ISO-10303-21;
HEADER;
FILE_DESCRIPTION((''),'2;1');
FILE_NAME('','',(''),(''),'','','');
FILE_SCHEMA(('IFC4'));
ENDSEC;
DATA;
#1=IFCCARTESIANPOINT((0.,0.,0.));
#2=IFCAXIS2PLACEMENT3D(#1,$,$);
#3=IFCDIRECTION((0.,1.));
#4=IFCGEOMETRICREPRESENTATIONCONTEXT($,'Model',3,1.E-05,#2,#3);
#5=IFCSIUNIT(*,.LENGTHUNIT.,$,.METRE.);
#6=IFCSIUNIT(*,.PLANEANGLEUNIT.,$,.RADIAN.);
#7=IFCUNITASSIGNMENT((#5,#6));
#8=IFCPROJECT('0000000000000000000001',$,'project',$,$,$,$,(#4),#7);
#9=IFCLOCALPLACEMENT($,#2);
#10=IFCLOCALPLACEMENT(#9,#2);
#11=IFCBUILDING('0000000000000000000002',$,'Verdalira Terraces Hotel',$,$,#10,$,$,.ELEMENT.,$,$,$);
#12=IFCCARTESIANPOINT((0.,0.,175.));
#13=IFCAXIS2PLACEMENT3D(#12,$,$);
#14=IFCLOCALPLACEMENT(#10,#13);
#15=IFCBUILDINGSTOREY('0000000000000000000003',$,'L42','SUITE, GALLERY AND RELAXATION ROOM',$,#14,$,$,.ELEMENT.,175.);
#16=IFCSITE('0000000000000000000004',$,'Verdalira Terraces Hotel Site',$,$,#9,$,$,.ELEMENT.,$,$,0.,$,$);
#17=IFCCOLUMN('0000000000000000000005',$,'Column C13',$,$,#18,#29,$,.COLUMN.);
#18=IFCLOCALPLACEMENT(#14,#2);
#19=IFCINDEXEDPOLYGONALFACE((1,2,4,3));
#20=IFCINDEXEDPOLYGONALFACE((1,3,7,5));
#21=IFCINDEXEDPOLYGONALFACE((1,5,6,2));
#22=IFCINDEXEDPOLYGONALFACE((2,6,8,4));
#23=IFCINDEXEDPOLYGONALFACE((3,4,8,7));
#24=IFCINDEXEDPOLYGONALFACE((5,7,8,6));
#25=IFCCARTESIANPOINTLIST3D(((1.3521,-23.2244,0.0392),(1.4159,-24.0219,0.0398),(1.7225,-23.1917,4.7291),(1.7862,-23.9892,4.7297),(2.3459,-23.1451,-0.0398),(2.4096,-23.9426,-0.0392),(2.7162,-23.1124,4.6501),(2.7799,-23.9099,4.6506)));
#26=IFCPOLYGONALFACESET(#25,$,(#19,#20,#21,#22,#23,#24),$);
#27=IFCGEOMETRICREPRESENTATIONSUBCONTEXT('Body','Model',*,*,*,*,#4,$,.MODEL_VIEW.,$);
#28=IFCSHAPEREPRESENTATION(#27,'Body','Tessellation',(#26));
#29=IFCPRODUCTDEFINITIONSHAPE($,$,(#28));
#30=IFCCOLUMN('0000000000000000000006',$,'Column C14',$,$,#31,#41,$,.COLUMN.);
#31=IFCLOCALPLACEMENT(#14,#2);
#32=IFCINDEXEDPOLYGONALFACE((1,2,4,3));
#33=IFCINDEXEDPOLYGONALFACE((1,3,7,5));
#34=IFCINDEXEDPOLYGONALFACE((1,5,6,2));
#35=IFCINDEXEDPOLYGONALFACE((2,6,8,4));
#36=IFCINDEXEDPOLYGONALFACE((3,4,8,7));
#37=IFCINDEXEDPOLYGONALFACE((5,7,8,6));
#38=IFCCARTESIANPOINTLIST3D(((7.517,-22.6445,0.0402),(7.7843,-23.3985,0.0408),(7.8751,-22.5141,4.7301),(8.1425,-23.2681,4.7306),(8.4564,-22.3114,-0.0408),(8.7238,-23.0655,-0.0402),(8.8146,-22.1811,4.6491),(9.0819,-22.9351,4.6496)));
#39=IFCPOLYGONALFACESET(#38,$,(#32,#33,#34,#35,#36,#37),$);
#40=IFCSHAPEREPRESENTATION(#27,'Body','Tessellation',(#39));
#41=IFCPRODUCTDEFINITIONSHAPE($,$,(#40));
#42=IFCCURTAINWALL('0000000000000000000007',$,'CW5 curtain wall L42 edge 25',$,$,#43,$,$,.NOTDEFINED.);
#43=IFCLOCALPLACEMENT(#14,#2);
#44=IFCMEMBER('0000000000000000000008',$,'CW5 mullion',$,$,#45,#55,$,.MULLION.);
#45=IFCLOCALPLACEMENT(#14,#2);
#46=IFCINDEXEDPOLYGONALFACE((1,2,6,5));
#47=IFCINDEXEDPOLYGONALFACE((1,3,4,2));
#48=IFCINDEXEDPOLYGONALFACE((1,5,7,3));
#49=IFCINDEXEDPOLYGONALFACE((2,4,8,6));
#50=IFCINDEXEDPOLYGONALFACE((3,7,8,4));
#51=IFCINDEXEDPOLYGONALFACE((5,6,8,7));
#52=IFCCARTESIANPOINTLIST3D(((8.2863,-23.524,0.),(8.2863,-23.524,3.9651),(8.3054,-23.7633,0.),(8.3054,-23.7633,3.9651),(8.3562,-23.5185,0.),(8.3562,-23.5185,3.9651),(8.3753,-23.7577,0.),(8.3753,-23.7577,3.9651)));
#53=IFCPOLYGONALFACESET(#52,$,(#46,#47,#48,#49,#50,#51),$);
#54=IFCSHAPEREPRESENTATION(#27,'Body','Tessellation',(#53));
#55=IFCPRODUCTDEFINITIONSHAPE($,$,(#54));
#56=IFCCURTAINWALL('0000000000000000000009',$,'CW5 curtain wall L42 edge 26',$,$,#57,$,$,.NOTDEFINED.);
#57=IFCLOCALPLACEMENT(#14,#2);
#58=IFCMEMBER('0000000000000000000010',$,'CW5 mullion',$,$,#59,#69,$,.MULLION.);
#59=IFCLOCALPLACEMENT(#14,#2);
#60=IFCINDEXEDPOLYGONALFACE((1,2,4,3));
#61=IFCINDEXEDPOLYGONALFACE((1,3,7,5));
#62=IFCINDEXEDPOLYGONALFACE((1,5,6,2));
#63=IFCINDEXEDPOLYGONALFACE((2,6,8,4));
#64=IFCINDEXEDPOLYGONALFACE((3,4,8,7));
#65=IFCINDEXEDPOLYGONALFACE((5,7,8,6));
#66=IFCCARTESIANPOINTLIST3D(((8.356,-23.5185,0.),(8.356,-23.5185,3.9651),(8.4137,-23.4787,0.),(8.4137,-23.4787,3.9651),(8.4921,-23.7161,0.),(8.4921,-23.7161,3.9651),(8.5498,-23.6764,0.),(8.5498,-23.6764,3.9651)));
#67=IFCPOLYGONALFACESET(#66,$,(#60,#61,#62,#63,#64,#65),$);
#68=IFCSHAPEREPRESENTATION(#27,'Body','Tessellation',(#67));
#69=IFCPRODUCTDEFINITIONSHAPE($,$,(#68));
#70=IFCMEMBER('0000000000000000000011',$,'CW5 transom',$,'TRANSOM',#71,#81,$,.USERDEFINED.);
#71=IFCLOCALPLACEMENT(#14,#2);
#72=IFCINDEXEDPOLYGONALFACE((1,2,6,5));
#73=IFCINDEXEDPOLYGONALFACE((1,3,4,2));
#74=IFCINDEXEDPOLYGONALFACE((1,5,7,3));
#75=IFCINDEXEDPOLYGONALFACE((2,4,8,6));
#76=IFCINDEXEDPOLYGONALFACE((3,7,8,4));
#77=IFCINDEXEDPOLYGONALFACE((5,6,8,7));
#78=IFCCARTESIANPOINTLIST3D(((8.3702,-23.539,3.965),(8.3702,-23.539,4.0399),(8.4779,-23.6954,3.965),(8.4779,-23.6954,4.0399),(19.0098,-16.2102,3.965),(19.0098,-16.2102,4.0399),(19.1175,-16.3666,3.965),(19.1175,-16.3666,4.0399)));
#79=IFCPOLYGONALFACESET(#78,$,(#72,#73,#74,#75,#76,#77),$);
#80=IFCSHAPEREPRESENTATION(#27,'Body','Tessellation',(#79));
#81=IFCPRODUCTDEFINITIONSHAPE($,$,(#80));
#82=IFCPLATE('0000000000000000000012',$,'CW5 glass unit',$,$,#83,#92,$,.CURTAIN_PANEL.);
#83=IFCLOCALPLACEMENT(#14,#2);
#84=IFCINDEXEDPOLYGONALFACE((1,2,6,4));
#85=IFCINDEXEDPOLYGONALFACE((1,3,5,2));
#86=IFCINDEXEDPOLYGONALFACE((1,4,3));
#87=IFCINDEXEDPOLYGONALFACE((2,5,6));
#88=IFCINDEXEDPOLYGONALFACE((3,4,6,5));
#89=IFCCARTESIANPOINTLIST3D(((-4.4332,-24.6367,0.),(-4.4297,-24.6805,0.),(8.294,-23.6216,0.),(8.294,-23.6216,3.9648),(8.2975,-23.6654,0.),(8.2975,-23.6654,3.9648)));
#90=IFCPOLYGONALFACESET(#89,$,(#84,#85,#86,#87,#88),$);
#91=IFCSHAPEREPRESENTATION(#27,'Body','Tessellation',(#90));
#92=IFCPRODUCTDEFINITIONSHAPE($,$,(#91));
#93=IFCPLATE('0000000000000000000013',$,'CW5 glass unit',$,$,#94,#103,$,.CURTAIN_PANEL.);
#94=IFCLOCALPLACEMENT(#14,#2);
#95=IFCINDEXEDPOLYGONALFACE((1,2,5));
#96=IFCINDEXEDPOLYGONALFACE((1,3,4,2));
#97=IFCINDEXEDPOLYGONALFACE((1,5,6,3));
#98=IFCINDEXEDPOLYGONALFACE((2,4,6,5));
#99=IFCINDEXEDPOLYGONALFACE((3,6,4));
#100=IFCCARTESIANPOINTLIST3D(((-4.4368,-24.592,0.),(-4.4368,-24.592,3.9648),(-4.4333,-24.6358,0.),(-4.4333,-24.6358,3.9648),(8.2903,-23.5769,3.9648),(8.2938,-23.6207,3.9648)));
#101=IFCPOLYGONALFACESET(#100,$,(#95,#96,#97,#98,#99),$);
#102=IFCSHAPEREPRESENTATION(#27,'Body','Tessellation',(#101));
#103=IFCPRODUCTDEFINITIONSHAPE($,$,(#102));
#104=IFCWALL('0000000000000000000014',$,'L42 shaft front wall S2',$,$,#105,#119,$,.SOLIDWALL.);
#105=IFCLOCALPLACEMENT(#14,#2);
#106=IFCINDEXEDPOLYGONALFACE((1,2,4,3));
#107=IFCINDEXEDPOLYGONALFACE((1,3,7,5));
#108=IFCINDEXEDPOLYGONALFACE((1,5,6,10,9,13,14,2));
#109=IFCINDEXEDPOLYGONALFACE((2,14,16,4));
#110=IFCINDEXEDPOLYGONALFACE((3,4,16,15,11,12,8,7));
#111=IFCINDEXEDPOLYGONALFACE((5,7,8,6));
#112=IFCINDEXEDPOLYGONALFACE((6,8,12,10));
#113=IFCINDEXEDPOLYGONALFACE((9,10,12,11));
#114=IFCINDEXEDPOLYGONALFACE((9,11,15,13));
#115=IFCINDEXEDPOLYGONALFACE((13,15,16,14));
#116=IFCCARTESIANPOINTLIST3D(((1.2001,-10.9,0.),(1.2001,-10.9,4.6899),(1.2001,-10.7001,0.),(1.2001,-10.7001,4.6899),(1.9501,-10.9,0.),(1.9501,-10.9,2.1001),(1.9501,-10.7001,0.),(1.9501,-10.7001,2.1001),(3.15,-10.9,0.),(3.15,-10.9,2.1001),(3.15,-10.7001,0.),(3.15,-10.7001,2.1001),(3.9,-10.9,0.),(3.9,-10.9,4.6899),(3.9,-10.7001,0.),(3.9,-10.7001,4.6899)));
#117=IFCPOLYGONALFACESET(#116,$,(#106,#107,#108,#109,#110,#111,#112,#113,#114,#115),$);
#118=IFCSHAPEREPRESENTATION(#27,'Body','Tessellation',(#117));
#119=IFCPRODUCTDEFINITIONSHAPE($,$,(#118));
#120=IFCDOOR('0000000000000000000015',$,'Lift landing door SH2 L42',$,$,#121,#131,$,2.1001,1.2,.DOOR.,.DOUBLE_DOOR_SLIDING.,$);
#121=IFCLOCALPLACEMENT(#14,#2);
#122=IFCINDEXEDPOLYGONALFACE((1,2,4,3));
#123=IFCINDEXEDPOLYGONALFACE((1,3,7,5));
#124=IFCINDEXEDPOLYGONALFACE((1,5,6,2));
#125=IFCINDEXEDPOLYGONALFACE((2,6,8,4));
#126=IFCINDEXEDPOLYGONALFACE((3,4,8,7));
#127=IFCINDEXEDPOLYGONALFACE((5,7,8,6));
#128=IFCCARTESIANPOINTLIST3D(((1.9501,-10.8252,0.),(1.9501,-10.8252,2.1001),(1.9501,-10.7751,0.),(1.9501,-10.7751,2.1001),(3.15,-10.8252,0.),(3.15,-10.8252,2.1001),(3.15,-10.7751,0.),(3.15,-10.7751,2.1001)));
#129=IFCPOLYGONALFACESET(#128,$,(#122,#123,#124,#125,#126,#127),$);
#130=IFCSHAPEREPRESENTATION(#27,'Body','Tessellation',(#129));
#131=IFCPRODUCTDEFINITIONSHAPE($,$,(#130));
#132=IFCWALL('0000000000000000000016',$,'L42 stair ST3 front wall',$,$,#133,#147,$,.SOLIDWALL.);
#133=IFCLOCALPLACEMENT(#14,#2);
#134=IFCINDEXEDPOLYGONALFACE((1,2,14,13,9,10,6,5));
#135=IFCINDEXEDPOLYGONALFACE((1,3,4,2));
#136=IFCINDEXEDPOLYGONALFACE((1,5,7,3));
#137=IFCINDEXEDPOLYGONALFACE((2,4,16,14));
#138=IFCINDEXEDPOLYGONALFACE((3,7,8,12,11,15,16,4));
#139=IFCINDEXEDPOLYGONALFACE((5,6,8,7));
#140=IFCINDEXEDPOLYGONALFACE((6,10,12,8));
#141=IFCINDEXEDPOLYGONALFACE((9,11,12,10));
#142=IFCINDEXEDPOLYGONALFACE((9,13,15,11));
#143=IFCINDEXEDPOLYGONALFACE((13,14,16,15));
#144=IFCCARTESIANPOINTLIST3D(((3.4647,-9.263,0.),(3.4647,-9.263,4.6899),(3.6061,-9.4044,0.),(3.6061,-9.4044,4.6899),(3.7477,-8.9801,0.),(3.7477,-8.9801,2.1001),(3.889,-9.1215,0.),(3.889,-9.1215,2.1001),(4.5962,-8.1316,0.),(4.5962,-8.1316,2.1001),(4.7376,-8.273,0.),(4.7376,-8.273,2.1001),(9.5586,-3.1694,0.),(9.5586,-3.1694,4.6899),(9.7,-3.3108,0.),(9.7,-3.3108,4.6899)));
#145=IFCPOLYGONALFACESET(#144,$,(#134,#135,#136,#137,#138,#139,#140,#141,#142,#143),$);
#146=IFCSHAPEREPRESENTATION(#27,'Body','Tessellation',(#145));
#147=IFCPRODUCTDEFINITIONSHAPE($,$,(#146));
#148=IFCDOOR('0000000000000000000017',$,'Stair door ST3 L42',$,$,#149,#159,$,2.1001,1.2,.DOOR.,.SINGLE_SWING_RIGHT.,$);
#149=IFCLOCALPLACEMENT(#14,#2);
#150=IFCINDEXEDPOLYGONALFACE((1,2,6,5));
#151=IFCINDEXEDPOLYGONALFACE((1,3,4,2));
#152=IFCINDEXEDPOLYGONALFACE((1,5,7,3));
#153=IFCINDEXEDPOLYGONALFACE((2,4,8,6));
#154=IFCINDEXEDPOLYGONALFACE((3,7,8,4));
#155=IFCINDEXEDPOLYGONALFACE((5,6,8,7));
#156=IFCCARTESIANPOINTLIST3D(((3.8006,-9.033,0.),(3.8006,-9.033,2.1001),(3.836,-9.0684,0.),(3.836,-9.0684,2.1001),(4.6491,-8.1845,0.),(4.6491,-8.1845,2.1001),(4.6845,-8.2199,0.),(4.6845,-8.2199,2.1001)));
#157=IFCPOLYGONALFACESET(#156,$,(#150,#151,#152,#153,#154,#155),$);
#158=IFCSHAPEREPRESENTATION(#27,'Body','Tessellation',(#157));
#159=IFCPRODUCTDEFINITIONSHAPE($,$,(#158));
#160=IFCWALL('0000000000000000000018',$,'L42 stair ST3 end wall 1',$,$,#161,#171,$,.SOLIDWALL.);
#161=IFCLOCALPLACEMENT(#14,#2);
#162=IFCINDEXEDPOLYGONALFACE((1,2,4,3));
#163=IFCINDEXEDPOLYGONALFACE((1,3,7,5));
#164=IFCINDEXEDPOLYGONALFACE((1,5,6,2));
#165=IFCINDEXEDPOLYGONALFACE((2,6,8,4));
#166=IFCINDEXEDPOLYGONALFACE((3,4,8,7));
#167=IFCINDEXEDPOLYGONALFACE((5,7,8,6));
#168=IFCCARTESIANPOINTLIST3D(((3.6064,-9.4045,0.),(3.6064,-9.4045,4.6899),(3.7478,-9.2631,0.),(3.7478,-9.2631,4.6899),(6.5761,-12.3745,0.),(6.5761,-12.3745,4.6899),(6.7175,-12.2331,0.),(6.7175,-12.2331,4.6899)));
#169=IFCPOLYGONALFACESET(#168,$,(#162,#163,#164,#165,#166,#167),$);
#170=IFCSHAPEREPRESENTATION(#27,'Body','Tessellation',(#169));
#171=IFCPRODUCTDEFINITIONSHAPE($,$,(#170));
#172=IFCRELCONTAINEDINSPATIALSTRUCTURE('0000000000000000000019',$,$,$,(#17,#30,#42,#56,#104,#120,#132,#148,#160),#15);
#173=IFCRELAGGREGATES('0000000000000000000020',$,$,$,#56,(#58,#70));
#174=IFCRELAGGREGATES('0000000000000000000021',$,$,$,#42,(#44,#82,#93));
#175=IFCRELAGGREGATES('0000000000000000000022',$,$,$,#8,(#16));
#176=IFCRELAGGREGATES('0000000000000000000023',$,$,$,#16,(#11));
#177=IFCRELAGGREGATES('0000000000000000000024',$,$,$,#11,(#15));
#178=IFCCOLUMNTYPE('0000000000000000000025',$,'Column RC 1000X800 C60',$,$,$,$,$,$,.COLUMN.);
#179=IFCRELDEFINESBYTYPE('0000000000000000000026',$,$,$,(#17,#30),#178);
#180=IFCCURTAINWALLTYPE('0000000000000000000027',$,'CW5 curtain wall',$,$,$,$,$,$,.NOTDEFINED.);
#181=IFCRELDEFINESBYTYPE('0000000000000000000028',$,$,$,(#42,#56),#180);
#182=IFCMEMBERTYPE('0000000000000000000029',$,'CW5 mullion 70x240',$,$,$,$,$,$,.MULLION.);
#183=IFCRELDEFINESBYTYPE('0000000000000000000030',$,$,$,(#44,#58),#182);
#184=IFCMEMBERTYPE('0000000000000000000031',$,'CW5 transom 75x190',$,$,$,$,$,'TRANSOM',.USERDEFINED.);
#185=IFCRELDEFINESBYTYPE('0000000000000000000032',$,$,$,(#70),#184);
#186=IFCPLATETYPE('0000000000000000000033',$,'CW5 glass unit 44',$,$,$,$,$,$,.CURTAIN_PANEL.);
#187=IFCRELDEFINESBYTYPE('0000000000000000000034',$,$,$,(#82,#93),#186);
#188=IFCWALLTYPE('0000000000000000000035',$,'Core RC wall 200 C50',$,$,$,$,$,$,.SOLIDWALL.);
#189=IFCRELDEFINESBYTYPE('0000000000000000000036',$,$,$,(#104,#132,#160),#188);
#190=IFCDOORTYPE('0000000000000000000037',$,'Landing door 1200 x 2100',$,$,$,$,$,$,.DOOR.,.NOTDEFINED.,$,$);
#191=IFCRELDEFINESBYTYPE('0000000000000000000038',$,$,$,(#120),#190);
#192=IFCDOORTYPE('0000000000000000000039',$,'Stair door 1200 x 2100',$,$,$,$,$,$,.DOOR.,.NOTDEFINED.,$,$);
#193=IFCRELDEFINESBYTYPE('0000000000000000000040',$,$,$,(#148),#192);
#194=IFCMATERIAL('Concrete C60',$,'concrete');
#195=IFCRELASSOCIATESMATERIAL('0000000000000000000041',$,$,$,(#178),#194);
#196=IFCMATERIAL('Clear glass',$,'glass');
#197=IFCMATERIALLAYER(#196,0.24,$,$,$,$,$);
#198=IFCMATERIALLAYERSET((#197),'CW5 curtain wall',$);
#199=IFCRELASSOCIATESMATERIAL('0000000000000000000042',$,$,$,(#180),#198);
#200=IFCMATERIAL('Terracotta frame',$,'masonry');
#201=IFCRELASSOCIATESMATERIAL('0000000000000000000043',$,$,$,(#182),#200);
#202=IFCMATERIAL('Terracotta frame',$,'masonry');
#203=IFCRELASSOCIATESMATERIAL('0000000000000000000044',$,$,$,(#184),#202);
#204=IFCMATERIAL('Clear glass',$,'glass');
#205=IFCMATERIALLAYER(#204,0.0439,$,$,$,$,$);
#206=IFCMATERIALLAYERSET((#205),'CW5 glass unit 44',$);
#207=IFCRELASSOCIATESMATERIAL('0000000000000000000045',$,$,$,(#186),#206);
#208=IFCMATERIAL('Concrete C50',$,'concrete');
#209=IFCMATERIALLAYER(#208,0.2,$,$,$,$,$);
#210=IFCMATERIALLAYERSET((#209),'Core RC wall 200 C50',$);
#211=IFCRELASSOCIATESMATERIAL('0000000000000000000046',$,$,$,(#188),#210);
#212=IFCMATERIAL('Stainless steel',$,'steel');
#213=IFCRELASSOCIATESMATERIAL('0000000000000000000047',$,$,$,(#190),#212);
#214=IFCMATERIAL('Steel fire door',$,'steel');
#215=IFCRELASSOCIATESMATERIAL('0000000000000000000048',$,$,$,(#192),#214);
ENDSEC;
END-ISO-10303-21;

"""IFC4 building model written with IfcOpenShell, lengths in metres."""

from ifc_helpers import new_model, si_unit, direction, frame, frame_2d, origin, origin_2d, place, context, subcontext, project, spatial, polyline, rectangle, outline, extrude, material, layer, layer_set, material_profile, profile_set, type_object, element, fill, aggregate, save


model = new_model("IFC4")

# Units and contexts
model_context = context("Model", 3, precision=1e-05, world=origin(), true_north=direction((0.0, 1.0)))
body_context = subcontext(model_context, "Body", "Model", "MODEL_VIEW")
ifc_project = project(units=[si_unit("LENGTHUNIT", "METRE"), si_unit("PLANEANGLEUNIT", "RADIAN")], contexts=[model_context])

# Site, building, storey
site_placement = place(None, origin())
site = spatial("IfcSite", under=ifc_project, at=site_placement, Name="Verdalira Terraces Hotel Site", CompositionType="ELEMENT", RefElevation=0.0)
building_placement = place(site_placement, origin())
building = spatial("IfcBuilding", under=site, at=building_placement, Name="Verdalira Terraces Hotel", CompositionType="ELEMENT")
storey_placement = place(building_placement, frame((0.0, 0.0, 175.0)))
storey = spatial("IfcBuildingStorey", under=building, at=storey_placement, Name="L42", Description="SUITE, GALLERY AND RELAXATION ROOM", CompositionType="ELEMENT", Elevation=175.0)

# Columns
ifc_material_1 = material(Name="Concrete C60", Category="concrete")
ifc_material_profile_1 = material_profile(ifc_material_1, rectangle(XDim=1.0, YDim=0.8, at=origin_2d()), Name="RC 1000X800")
ifc_profile_set_1 = profile_set([ifc_material_profile_1], Name="Concrete C60")
column_type = type_object("IfcColumnType", Name="Column RC 1000X800 C60", PredefinedType="COLUMN", material=ifc_profile_set_1)
column_1_placement = place(storey_placement, frame((1.8809, -23.5835, 0.0), z_axis=(0.078722, 0.006954, 0.996872), x_axis=(0.99371, 0.07934, -0.079026)))
element("IfcColumn", 1, at=column_1_placement, inside=storey, type_object=column_type, Name="Column C13", PredefinedType="COLUMN", context=body_context, shape_type="SweptSolid", body=[
    extrude(rectangle(XDim=1.0, YDim=0.8, at=origin_2d()), origin(), (0.0, 0.0, 1.0), 4.7046),
])
column_2_placement = place(storey_placement, frame((8.1204, -22.855, 0.0), z_axis=(0.076116, 0.027707, 0.996714), x_axis=(-0.939435, -0.333017, 0.080999)))
element("IfcColumn", 2, at=column_2_placement, inside=storey, type_object=column_type, Name="Column C14", PredefinedType="COLUMN", context=body_context, shape_type="SweptSolid", body=[
    extrude(rectangle(XDim=1.0, YDim=0.8, at=origin_2d()), origin(), (0.0, 0.0, 1.0), 4.7053),
])

# Curtain wall, member
ifc_material_2 = material(Name="Clear glass", Category="glass")
ifc_layer_1 = layer(ifc_material_2, 0.24)
ifc_layer_set_1 = layer_set([ifc_layer_1], Name="CW5 curtain wall")
curtain_wall_type = type_object("IfcCurtainWallType", Name="CW5 curtain wall", PredefinedType="NOTDEFINED", material=ifc_layer_set_1)
curtain_wall_1_placement = place(storey_placement, origin())
curtain_wall_1 = element("IfcCurtainWall", 3, at=curtain_wall_1_placement, inside=storey, type_object=curtain_wall_type, Name="CW5 curtain wall L42 edge 25", PredefinedType="NOTDEFINED")
ifc_material_3 = material(Name="Terracotta frame", Category="masonry")
ifc_material_profile_2 = material_profile(ifc_material_3, rectangle(XDim=0.0701, YDim=0.24, at=origin_2d()), Name="MU 70x240")
ifc_profile_set_2 = profile_set([ifc_material_profile_2], Name="Terracotta frame")
member_type_1 = type_object("IfcMemberType", Name="CW5 mullion 70x240", PredefinedType="MULLION", material=ifc_profile_set_2)
member_1_placement = place(storey_placement, frame((8.3308, -23.6409, 0.0), z_axis=(0.0, 0.0, 1.0), x_axis=(0.996835, 0.079503, 0.0)))
member_1 = element("IfcMember", 4, at=member_1_placement, type_object=member_type_1, Name="CW5 mullion", PredefinedType="MULLION", context=body_context, shape_type="SweptSolid", body=[
    extrude(rectangle(XDim=0.0701, YDim=0.24, at=origin_2d()), origin(), (0.0, 0.0, 1.0), 3.9651),
])

# Curtain wall, members
curtain_wall_2_placement = place(storey_placement, origin())
curtain_wall_2 = element("IfcCurtainWall", 5, at=curtain_wall_2_placement, inside=storey, type_object=curtain_wall_type, Name="CW5 curtain wall L42 edge 26", PredefinedType="NOTDEFINED")
member_2_placement = place(storey_placement, frame((8.4529, -23.5974, 0.0), z_axis=(0.0, 0.0, 1.0), x_axis=(0.823533, 0.567269, 0.0)))
member_2 = element("IfcMember", 6, at=member_2_placement, type_object=member_type_1, Name="CW5 mullion", PredefinedType="MULLION", context=body_context, shape_type="SweptSolid", body=[
    extrude(rectangle(XDim=0.0701, YDim=0.24, at=origin_2d()), origin(), (0.0, 0.0, 1.0), 3.9651),
])
ifc_material_4 = material(Name="Terracotta frame", Category="masonry")
ifc_material_profile_3 = material_profile(ifc_material_4, rectangle(XDim=0.1899, YDim=0.075, at=origin_2d()), Name="TR 75x190")
ifc_profile_set_3 = profile_set([ifc_material_profile_3], Name="Terracotta frame")
member_type_2 = type_object("IfcMemberType", Name="CW5 transom 75x190", ElementType="TRANSOM", PredefinedType="USERDEFINED", material=ifc_profile_set_3)
member_3_placement = place(storey_placement, frame((8.4241, -23.6172, 4.0024), z_axis=(0.823532, 0.56727, 0.0), x_axis=(-0.56727, 0.823532, 0.0)))
member_3 = element("IfcMember", 7, at=member_3_placement, type_object=member_type_2, Name="CW5 transom", ObjectType="TRANSOM", PredefinedType="USERDEFINED", context=body_context, shape_type="SweptSolid", body=[
    extrude(rectangle(XDim=0.1899, YDim=0.075, at=origin_2d()), origin(), (0.0, 0.0, 1.0), 12.9194),
])
aggregate(curtain_wall_2, [member_2, member_3])

# Plates
ifc_material_5 = material(Name="Clear glass", Category="glass")
ifc_layer_2 = layer(ifc_material_5, 0.0439)
ifc_layer_set_2 = layer_set([ifc_layer_2], Name="CW5 glass unit 44")
plate_type = type_object("IfcPlateType", Name="CW5 glass unit 44", PredefinedType="CURTAIN_PANEL", material=ifc_layer_set_2)
plate_1_placement = place(storey_placement, frame((1.9304, -24.1291, 1.9824), z_axis=(0.079503, -0.996835, 0.0), x_axis=(0.996835, 0.079503, 0.0)))
plate_1 = element("IfcPlate", 8, at=plate_1_placement, type_object=plate_type, Name="CW5 glass unit", PredefinedType="CURTAIN_PANEL", context=body_context, shape_type="SweptSolid", body=[
    extrude(outline(polyline([(-6.3838, -1.9824), (6.3838, -1.9824), (6.3838, 1.9824), (-6.3838, -1.9824)])), origin(), (0.0, 0.0, 1.0), 0.0439),
])
plate_2_placement = place(storey_placement, frame((1.9268, -24.0845, 1.9824), z_axis=(0.079503, -0.996835, 0.0), x_axis=(0.996835, 0.079503, 0.0)))
plate_2 = element("IfcPlate", 9, at=plate_2_placement, type_object=plate_type, Name="CW5 glass unit", PredefinedType="CURTAIN_PANEL", context=body_context, shape_type="SweptSolid", body=[
    extrude(outline(polyline([(-6.3838, -1.9824), (6.3838, 1.9824), (-6.3838, 1.9824), (-6.3838, -1.9824)])), origin(), (0.0, 0.0, 1.0), 0.0439),
])
aggregate(curtain_wall_1, [member_1, plate_1, plate_2])

# Walls, openings, doors
ifc_material_6 = material(Name="Concrete C50", Category="concrete")
ifc_layer_3 = layer(ifc_material_6, 0.2)
ifc_layer_set_3 = layer_set([ifc_layer_3], Name="Core RC wall 200 C50")
wall_type_1 = type_object("IfcWallType", Name="Core RC wall 200 C50", PredefinedType="SOLIDWALL", material=ifc_layer_set_3)
wall_1_placement = place(storey_placement, frame((1.2, -10.8, 0.0), z_axis=(0.0, 0.0, 1.0), x_axis=(1.0, 0.0, 0.0)))
wall_1 = element("IfcWall", 10, at=wall_1_placement, inside=storey, type_object=wall_type_1, Name="L42 shaft front wall S2", PredefinedType="SOLIDWALL", context=body_context, shape_type="SweptSolid", body=[
    extrude(rectangle(XDim=2.7, YDim=0.2, at=frame_2d((1.3501, 0.0))), origin(), (0.0, 0.0, 1.0), 4.6899),
])
opening_1_placement = place(wall_1_placement, frame((0.75, 0.0, 0.0)))
opening_1 = element("IfcOpeningElement", 11, at=opening_1_placement, cuts=wall_1, PredefinedType="OPENING", context=body_context, shape_type="SweptSolid", body=[
    extrude(rectangle(XDim=1.2, YDim=2.1001, at=frame_2d((0.6001, 1.05))), frame((0.0, 0.1099, 0.0), z_axis=(0.0, -1.0, 0.0), x_axis=(1.0, 0.0, 0.0)), (0.0, 0.0, 1.0), 0.22),
])
ifc_material_7 = material(Name="Stainless steel", Category="steel")
door_type_1 = type_object("IfcDoorType", Name="Landing door 1200 x 2100", OperationType="NOTDEFINED", PredefinedType="DOOR", material=ifc_material_7)
door_1_placement = place(opening_1_placement, origin())
door_1 = element("IfcDoor", 12, at=door_1_placement, inside=storey, type_object=door_type_1, Name="Lift landing door SH2 L42", OperationType="DOUBLE_DOOR_SLIDING", OverallHeight=2.1001, OverallWidth=1.2, PredefinedType="DOOR", context=body_context, shape_type="SweptSolid", body=[
    extrude(rectangle(XDim=1.2, YDim=2.1001, at=frame_2d((0.6001, 1.05))), frame((0.0, 0.0249, 0.0), z_axis=(0.0, -1.0, 0.0), x_axis=(1.0, 0.0, 0.0)), (0.0, 0.0, 1.0), 0.05),
])
fill(opening_1, door_1)
wall_2_placement = place(storey_placement, frame((9.6294, -3.24, 0.0), z_axis=(0.0, 0.0, 1.0), x_axis=(-0.707121, -0.707093, 0.0)))
wall_2 = element("IfcWall", 13, at=wall_2_placement, inside=storey, type_object=wall_type_1, Name="L42 stair ST3 front wall", PredefinedType="SOLIDWALL", context=body_context, shape_type="SweptSolid", body=[
    extrude(rectangle(XDim=8.6179, YDim=0.2, at=frame_2d((4.3091, 0.0))), origin(), (0.0, 0.0, 1.0), 4.6899),
])
opening_2_placement = place(wall_2_placement, frame((7.0178, 0.0, 0.0)))
opening_2 = element("IfcOpeningElement", 14, at=opening_2_placement, cuts=wall_2, PredefinedType="OPENING", context=body_context, shape_type="SweptSolid", body=[
    extrude(rectangle(XDim=1.2, YDim=2.1001, at=frame_2d((0.6001, 1.05))), frame((0.0, 0.1099, 0.0), z_axis=(0.0, -1.0, 0.0), x_axis=(1.0, 0.0, 0.0)), (0.0, 0.0, 1.0), 0.22),
])
ifc_material_8 = material(Name="Steel fire door", Category="steel")
door_type_2 = type_object("IfcDoorType", Name="Stair door 1200 x 2100", OperationType="NOTDEFINED", PredefinedType="DOOR", material=ifc_material_8)
door_2_placement = place(opening_2_placement, origin())
door_2 = element("IfcDoor", 15, at=door_2_placement, inside=storey, type_object=door_type_2, Name="Stair door ST3 L42", OperationType="SINGLE_SWING_RIGHT", OverallHeight=2.1001, OverallWidth=1.2, PredefinedType="DOOR", context=body_context, shape_type="SweptSolid", body=[
    extrude(rectangle(XDim=1.2, YDim=2.1001, at=frame_2d((0.6001, 1.05))), frame((0.0, 0.0249, 0.0), z_axis=(0.0, -1.0, 0.0), x_axis=(1.0, 0.0, 0.0)), (0.0, 0.0, 1.0), 0.05),
])
fill(opening_2, door_2)

# Wall
for number, where, z_axis, x_axis, name in (
    (16, (3.677, -9.3337, 0.0), (0.0, 0.0, 1.0), (0.707078, -0.707136, 0.0), "L42 stair ST3 end wall 1"),
):
    element("IfcWall", number, at=place(storey_placement, frame(where, z_axis=z_axis, x_axis=x_axis)), inside=storey, type_object=wall_type_1, Name=name, PredefinedType="SOLIDWALL", context=body_context, shape_type="SweptSolid", body=[
        extrude(rectangle(XDim=4.2, YDim=0.2, at=frame_2d((2.1001, 0.0))), origin(), (0.0, 0.0, 1.0), 4.6899),
    ])

save(model, "model.ifc")
